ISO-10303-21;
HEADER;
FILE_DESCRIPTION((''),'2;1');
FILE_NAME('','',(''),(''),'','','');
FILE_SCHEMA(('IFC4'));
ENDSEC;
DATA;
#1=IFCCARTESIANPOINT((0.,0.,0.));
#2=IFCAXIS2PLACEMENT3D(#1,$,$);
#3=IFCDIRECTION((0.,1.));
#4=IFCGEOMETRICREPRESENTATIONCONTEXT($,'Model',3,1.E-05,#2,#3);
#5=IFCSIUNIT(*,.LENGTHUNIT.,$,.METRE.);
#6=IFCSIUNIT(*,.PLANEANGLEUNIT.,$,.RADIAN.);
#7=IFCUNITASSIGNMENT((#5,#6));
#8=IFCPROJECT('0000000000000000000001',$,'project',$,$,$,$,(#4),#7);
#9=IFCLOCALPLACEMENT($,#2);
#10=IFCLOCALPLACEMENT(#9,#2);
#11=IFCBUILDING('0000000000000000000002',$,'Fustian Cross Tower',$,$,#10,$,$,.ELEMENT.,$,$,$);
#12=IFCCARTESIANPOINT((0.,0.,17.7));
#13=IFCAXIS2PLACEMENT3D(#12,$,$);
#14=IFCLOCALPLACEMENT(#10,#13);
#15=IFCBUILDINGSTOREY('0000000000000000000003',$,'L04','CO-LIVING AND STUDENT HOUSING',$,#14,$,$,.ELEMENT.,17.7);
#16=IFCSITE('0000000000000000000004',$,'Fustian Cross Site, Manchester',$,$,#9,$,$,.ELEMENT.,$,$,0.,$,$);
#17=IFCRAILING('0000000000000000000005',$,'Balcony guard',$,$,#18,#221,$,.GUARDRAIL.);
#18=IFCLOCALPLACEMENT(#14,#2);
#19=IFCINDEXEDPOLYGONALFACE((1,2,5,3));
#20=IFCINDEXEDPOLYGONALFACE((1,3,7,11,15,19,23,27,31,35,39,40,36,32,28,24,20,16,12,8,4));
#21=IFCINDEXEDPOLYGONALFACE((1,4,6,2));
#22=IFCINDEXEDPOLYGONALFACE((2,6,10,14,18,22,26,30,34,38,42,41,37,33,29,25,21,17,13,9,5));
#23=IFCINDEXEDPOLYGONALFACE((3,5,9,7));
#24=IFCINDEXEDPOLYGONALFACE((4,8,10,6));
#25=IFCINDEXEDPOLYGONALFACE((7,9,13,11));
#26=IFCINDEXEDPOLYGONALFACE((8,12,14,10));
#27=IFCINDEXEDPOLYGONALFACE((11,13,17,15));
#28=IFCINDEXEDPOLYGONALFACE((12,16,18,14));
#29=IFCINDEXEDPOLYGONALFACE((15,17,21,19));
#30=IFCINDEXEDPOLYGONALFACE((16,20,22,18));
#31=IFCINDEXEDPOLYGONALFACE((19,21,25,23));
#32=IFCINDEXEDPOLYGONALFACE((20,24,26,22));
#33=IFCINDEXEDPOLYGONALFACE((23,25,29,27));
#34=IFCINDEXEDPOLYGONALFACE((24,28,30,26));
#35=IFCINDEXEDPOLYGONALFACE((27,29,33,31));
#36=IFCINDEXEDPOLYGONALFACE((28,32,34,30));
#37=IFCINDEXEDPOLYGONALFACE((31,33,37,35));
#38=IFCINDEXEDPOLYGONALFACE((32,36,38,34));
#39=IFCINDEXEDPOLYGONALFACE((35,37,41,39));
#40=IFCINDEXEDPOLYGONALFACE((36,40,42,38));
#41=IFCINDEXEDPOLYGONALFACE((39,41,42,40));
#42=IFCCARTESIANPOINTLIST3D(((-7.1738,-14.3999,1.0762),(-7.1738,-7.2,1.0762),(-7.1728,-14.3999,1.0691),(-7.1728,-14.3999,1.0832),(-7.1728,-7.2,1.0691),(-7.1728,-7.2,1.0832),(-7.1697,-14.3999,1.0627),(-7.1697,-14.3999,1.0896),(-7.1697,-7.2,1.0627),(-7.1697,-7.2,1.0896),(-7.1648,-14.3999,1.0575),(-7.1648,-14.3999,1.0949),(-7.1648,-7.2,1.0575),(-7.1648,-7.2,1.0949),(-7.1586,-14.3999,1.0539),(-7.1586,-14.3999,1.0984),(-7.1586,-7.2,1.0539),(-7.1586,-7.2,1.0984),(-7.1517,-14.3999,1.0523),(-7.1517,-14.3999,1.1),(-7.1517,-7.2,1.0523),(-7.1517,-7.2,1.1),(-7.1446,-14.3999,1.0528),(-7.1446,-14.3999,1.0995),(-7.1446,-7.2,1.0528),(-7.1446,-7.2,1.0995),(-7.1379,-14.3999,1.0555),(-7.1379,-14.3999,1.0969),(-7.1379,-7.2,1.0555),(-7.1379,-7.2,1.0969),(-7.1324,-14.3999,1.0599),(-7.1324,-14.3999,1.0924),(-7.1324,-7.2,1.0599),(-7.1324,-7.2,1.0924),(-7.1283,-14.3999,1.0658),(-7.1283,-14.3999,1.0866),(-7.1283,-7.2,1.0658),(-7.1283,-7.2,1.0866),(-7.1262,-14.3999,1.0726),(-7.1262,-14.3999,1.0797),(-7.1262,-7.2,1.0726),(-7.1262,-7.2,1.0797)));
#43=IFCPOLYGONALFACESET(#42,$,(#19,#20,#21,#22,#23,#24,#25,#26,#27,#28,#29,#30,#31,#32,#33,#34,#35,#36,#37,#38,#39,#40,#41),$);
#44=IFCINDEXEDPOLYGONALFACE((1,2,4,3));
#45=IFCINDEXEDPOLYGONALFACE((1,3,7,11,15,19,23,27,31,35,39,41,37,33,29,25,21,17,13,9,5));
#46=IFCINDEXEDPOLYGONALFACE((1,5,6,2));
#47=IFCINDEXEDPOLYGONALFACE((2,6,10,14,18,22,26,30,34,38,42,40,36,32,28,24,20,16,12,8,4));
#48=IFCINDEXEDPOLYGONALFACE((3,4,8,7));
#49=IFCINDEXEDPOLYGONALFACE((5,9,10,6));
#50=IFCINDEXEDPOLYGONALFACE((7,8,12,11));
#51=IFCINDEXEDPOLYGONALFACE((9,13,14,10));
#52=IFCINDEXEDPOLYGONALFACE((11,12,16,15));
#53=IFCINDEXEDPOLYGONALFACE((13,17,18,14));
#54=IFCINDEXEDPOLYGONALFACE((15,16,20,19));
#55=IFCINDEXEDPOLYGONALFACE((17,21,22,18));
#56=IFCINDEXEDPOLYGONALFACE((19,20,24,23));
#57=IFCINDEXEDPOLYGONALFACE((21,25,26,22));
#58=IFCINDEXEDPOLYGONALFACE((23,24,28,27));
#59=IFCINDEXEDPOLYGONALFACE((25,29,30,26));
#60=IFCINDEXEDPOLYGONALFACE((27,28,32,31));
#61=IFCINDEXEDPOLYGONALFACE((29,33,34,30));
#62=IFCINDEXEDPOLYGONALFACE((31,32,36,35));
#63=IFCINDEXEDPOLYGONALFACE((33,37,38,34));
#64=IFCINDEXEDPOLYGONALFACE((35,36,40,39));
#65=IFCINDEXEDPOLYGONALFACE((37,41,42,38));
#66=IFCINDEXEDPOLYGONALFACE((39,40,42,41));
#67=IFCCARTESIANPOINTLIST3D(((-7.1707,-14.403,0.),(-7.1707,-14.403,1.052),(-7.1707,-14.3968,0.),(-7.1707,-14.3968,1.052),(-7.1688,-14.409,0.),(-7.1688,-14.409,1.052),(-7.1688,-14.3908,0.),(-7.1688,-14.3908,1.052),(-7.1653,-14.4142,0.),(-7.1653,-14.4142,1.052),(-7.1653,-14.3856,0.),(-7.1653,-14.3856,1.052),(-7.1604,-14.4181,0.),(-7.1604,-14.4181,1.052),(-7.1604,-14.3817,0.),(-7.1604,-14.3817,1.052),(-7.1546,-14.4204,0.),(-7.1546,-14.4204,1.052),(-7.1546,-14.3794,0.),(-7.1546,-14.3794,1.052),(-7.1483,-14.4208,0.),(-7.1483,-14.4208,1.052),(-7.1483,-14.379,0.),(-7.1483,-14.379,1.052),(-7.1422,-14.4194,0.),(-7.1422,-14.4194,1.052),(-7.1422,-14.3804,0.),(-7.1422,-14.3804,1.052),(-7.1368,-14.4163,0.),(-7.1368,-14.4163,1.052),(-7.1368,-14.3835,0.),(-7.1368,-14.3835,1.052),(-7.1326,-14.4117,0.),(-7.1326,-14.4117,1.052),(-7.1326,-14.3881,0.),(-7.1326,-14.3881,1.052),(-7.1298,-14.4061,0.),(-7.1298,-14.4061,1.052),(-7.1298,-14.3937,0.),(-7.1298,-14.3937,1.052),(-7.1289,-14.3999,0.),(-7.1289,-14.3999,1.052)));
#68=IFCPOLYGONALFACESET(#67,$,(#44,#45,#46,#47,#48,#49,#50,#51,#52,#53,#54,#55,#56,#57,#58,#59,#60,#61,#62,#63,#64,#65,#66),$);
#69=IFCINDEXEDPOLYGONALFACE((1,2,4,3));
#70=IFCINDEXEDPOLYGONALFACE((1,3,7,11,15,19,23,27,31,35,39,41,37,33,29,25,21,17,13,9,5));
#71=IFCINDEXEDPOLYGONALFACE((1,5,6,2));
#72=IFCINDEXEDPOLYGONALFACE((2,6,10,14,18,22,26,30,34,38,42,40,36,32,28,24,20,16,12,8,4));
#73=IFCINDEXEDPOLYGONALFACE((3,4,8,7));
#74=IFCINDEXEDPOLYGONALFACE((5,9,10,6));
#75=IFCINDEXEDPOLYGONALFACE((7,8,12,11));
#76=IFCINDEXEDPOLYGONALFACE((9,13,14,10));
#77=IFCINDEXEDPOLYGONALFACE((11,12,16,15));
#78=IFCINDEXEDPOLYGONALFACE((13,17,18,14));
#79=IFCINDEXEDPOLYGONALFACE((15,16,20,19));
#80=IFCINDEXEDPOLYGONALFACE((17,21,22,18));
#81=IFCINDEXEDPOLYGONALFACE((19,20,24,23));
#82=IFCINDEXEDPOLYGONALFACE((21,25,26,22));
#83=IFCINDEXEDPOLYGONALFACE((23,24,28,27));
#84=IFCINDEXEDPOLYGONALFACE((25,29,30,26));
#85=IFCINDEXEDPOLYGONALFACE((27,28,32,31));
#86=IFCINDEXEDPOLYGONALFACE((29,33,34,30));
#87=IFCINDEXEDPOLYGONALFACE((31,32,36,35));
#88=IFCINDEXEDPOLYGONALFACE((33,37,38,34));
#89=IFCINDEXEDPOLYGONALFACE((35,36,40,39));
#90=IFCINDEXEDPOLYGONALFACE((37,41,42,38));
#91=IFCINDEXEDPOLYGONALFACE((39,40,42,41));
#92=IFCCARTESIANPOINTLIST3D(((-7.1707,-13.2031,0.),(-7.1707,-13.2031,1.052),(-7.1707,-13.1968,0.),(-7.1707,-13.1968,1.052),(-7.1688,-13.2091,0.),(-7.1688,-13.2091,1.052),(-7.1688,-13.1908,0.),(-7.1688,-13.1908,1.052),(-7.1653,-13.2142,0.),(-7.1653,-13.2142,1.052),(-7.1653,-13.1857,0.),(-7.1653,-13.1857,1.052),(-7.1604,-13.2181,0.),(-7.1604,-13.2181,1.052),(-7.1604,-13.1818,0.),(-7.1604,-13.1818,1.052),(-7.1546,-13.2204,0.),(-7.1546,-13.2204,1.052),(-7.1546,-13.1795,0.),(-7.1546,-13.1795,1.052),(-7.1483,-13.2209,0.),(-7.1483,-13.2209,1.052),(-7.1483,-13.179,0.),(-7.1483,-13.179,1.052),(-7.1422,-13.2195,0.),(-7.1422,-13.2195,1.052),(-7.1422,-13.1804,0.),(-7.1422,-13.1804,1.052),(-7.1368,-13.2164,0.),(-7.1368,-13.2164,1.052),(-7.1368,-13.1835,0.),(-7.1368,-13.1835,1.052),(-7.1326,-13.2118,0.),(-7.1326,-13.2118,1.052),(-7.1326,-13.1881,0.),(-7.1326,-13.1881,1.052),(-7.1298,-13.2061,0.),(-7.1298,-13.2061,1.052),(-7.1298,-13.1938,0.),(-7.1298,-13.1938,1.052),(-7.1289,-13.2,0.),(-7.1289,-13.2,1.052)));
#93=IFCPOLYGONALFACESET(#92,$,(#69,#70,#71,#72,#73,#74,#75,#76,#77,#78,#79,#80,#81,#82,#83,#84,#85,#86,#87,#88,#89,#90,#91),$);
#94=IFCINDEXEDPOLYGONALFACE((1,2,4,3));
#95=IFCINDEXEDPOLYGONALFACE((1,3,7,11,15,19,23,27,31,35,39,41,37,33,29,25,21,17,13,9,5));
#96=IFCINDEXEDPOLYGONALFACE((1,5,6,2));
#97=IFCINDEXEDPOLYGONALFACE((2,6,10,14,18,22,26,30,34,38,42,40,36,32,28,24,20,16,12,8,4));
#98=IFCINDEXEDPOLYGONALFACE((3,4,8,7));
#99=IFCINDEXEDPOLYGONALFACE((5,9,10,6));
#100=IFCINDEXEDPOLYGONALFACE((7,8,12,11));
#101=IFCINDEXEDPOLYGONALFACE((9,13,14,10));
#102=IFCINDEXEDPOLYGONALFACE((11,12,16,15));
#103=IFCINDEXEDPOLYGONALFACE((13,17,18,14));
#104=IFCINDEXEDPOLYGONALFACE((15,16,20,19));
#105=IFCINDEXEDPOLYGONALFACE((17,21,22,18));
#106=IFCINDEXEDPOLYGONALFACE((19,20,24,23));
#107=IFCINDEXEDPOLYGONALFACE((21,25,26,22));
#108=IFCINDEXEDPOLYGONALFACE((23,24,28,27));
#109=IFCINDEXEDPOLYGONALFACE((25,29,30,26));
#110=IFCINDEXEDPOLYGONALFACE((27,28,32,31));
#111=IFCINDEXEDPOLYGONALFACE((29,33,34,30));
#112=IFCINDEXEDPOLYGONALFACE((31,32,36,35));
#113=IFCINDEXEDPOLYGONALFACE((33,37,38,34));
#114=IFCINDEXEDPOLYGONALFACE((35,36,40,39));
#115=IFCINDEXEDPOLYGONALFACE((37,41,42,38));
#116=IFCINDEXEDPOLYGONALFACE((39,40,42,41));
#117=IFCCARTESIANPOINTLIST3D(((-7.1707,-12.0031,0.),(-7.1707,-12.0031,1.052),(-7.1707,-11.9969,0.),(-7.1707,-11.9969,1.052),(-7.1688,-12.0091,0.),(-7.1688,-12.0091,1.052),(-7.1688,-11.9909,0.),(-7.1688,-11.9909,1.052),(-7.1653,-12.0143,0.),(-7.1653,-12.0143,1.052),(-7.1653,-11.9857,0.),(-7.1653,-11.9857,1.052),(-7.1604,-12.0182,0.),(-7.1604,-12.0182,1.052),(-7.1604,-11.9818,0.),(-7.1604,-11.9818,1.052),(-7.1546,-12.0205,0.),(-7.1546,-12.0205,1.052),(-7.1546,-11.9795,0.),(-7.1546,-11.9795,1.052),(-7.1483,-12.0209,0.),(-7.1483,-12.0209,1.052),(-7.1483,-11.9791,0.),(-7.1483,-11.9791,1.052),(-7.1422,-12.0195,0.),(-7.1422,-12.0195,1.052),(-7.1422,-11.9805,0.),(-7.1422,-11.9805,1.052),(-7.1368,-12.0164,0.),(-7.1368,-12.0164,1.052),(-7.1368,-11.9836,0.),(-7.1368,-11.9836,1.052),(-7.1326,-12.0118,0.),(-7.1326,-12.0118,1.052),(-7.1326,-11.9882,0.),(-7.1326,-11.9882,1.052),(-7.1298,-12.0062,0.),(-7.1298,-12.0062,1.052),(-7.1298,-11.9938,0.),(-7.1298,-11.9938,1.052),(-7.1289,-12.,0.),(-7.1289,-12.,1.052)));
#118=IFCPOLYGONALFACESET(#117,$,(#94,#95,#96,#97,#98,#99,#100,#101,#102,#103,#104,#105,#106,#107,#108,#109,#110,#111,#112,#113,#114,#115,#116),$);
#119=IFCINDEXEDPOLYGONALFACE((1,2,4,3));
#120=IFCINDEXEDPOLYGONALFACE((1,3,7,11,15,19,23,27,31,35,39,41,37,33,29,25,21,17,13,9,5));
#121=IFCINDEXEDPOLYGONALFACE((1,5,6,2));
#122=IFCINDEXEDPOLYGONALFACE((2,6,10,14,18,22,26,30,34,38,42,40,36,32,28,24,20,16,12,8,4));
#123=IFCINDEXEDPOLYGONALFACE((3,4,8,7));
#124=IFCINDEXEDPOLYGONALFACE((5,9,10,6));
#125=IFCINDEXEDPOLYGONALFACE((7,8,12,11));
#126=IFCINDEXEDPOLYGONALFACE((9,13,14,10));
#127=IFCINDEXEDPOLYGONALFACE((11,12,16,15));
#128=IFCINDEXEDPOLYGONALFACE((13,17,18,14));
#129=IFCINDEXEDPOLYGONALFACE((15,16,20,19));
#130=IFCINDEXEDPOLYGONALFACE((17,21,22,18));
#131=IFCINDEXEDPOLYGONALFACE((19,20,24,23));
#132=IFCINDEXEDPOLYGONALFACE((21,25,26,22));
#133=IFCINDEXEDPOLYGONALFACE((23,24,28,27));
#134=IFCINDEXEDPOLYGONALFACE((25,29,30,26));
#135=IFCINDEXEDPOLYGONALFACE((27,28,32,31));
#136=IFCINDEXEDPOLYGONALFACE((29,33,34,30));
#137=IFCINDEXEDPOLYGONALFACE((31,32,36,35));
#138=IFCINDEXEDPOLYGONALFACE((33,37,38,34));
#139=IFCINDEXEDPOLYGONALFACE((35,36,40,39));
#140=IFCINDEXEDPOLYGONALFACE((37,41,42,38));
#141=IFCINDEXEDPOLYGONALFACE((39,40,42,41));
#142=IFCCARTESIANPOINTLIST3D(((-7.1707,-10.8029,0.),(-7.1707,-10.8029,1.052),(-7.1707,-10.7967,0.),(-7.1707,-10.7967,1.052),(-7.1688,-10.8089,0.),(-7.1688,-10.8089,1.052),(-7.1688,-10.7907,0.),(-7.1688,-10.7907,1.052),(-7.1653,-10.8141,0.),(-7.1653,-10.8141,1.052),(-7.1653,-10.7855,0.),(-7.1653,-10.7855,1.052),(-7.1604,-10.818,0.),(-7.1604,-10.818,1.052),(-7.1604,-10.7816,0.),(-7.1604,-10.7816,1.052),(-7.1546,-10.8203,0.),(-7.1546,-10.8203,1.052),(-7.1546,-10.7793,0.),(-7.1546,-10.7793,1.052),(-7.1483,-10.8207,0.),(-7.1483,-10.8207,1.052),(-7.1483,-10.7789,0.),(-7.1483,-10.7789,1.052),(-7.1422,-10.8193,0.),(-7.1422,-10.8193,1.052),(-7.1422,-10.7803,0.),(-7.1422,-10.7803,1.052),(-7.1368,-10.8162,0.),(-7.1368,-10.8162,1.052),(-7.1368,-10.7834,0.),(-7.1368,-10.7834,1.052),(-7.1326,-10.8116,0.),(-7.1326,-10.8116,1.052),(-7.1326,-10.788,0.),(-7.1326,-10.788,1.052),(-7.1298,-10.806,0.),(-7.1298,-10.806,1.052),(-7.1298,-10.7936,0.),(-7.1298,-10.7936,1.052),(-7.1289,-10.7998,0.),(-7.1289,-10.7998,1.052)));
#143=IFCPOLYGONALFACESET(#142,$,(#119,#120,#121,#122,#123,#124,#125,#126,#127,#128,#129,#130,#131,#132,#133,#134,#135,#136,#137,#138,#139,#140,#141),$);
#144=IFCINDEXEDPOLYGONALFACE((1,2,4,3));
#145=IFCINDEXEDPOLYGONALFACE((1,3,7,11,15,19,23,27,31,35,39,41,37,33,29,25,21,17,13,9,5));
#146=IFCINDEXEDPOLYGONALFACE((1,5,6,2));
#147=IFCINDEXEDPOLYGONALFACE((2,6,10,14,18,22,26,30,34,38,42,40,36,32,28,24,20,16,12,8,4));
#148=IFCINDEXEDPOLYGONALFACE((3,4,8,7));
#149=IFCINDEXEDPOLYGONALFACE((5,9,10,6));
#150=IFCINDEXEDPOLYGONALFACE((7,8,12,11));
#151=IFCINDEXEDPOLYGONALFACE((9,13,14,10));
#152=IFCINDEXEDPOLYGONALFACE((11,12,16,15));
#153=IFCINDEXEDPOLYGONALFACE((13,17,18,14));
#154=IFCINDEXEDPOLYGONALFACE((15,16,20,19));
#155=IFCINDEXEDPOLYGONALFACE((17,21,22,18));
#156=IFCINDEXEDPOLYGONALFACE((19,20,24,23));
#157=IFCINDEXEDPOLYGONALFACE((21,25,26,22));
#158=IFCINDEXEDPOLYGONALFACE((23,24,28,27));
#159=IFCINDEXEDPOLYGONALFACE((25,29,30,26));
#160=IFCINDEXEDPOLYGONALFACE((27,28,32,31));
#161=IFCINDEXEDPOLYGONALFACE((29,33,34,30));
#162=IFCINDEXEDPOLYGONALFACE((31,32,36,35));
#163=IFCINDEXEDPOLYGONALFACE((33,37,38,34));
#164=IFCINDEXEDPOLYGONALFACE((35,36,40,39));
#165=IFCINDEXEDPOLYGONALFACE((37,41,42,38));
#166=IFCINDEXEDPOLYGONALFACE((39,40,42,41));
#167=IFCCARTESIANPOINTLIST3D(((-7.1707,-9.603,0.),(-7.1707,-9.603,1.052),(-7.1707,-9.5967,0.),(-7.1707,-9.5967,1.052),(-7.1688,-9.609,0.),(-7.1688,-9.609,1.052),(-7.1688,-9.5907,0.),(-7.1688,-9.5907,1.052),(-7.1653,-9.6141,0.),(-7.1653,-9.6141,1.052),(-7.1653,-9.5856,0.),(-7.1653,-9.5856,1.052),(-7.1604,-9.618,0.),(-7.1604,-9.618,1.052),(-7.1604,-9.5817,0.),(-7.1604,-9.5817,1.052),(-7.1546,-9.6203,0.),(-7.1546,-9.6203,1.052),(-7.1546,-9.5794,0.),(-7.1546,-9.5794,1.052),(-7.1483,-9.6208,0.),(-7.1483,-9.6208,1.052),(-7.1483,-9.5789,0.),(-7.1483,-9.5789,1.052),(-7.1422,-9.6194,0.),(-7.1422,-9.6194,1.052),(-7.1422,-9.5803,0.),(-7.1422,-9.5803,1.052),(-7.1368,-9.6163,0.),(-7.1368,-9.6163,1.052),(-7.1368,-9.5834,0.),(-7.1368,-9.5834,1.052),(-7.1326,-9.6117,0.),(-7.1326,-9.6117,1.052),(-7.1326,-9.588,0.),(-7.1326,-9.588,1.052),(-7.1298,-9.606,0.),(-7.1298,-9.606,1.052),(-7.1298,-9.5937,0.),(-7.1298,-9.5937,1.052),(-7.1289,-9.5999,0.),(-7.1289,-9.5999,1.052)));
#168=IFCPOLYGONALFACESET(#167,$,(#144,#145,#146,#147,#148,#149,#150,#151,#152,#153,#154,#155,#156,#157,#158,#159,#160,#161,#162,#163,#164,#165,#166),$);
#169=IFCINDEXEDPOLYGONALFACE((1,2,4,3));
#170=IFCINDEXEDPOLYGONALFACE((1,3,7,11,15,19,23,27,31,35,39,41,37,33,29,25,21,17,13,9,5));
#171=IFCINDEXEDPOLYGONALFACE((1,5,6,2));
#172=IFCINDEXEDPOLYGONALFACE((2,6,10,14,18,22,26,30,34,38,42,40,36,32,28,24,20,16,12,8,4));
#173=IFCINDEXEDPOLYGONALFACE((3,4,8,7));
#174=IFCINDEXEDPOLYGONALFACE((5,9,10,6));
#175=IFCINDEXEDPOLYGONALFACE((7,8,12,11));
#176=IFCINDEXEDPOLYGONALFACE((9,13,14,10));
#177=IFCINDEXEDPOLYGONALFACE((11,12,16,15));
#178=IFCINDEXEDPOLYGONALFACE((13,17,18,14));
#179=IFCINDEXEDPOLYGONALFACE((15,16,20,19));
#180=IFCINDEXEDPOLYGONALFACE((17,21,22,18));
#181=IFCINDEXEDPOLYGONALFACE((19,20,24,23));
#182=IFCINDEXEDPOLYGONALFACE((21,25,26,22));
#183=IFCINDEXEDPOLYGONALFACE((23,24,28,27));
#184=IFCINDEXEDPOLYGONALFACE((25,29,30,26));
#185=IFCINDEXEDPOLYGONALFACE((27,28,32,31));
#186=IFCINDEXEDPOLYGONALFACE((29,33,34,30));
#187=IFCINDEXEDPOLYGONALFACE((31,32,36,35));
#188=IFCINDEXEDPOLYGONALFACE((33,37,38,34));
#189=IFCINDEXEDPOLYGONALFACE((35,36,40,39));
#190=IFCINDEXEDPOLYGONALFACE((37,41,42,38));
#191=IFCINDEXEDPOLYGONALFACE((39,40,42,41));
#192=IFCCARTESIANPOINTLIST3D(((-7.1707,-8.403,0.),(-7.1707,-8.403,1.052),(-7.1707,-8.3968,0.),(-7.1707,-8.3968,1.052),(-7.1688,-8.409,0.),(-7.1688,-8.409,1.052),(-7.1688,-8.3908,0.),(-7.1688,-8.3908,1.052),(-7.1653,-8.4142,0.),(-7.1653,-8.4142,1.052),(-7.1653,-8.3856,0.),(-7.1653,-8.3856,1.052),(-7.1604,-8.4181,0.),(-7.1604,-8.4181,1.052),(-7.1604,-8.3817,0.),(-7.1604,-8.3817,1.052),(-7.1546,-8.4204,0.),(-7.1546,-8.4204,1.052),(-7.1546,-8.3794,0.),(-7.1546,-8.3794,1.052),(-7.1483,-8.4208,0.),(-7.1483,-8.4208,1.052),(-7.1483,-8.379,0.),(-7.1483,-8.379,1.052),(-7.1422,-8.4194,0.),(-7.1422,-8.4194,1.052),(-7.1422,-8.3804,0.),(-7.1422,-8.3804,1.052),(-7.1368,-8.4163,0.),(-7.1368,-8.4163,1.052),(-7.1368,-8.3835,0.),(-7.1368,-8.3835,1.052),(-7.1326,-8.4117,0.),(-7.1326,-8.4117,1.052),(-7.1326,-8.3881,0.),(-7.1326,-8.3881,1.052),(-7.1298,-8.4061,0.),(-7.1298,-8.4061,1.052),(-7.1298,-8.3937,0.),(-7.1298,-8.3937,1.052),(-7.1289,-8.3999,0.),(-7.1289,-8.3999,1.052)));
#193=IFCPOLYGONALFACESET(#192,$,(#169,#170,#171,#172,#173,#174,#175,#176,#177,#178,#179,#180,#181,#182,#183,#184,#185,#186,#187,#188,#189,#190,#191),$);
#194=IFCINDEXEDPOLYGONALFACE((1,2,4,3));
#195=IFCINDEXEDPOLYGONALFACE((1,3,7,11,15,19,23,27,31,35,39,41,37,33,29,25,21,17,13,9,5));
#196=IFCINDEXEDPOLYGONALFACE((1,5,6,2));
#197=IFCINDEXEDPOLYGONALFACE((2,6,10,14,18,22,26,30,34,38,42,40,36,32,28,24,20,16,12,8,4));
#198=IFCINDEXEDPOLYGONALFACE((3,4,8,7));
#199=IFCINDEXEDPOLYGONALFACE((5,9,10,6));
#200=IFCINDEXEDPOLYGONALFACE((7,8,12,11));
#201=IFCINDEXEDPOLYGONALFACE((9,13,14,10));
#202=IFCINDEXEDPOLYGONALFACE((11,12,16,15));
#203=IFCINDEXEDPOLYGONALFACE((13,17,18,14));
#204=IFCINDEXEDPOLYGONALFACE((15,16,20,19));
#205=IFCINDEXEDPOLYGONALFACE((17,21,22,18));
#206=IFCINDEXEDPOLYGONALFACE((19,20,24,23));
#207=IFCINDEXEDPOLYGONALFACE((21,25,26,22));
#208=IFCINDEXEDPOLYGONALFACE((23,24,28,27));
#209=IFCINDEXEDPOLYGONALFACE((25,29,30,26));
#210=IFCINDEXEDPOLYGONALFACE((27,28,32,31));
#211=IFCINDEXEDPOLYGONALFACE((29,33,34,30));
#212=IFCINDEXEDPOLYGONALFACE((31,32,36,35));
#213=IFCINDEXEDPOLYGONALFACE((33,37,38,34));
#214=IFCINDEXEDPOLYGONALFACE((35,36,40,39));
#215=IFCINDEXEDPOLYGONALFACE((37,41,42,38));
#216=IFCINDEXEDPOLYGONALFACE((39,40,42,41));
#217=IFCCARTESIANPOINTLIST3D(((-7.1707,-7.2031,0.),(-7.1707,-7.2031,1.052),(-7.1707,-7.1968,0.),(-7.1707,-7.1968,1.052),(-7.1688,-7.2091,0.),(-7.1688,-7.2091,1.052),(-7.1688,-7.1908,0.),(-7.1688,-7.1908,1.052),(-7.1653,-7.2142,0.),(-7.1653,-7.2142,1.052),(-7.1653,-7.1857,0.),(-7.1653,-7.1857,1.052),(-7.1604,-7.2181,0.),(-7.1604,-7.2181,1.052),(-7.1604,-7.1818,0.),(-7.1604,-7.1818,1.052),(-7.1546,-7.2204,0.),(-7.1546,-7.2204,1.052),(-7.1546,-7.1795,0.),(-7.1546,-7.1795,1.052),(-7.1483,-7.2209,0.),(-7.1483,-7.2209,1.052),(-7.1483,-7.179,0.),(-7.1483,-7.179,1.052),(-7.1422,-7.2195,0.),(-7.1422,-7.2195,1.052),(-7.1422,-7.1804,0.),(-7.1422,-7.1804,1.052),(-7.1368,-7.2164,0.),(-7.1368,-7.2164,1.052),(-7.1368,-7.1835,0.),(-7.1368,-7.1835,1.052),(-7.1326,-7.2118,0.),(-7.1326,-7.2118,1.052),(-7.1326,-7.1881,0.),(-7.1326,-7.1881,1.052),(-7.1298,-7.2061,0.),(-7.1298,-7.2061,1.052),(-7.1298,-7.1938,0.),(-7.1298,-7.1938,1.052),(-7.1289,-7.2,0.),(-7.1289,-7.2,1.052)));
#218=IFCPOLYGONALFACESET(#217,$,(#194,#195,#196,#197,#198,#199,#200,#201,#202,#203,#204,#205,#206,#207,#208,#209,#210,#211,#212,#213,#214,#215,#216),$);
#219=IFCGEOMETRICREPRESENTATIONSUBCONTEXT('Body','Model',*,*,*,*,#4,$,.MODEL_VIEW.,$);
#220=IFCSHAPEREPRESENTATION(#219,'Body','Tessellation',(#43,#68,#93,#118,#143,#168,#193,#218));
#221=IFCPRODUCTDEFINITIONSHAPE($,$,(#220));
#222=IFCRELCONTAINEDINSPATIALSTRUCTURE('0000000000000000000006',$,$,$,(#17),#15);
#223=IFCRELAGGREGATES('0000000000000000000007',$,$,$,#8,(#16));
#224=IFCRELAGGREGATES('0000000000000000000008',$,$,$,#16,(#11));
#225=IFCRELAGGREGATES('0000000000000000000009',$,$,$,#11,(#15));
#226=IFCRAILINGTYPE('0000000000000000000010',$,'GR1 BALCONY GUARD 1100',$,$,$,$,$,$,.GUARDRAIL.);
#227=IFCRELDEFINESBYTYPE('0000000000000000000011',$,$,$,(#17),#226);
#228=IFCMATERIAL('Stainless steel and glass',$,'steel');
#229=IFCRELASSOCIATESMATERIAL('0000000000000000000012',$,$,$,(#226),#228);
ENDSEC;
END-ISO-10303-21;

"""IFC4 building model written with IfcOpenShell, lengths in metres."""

from ifc_helpers import new_model, si_unit, direction, frame, origin, origin_2d, place, context, subcontext, project, spatial, circle, extrude, material, type_object, element, save


model = new_model("IFC4")

# Units and contexts
model_context = context("Model", 3, precision=1e-05, world=origin(), true_north=direction((0.0, 1.0)))
body_context = subcontext(model_context, "Body", "Model", "MODEL_VIEW")
ifc_project = project(units=[si_unit("LENGTHUNIT", "METRE"), si_unit("PLANEANGLEUNIT", "RADIAN")], contexts=[model_context])

# Site, building, storey
site_placement = place(None, origin())
site = spatial("IfcSite", under=ifc_project, at=site_placement, Name="Fustian Cross Site, Manchester", CompositionType="ELEMENT", RefElevation=0.0)
building_placement = place(site_placement, origin())
building = spatial("IfcBuilding", under=site, at=building_placement, Name="Fustian Cross Tower", CompositionType="ELEMENT")
storey_placement = place(building_placement, frame((0.0, 0.0, 17.7)))
storey = spatial("IfcBuildingStorey", under=building, at=storey_placement, Name="L04", Description="CO-LIVING AND STUDENT HOUSING", CompositionType="ELEMENT", Elevation=17.7)

# Railing
ifc_material_1 = material(Name="Stainless steel and glass", Category="steel")
railing_type = type_object("IfcRailingType", Name="GR1 BALCONY GUARD 1100", PredefinedType="GUARDRAIL", material=ifc_material_1)
railing_placement = place(storey_placement, frame((-7.1499, -14.3999, 0.0)))
element("IfcRailing", 1, at=railing_placement, inside=storey, type_object=railing_type, Name="Balcony guard", PredefinedType="GUARDRAIL", context=body_context, shape_type="SweptSolid", body=[
    extrude(circle(Radius=0.0239, at=origin_2d()), frame((0.0, 0.0, 1.0762), z_axis=(0.0, 1.0, 0.0), x_axis=(-1.0, 0.0, 0.0)), (0.0, 0.0, 1.0), 7.2),
    extrude(circle(Radius=0.021, at=origin_2d()), origin(), (0.0, 0.0, 1.0), 1.052),
    extrude(circle(Radius=0.021, at=origin_2d()), frame((0.0, 1.2, 0.0)), (0.0, 0.0, 1.0), 1.052),
    extrude(circle(Radius=0.021, at=origin_2d()), frame((0.0, 2.3999, 0.0)), (0.0, 0.0, 1.0), 1.052),
    extrude(circle(Radius=0.021, at=origin_2d()), frame((0.0, 3.6001, 0.0)), (0.0, 0.0, 1.0), 1.052),
    extrude(circle(Radius=0.021, at=origin_2d()), frame((0.0, 4.8, 0.0)), (0.0, 0.0, 1.0), 1.052),
    extrude(circle(Radius=0.021, at=origin_2d()), frame((0.0, 6.0, 0.0)), (0.0, 0.0, 1.0), 1.052),
    extrude(circle(Radius=0.021, at=origin_2d()), frame((0.0, 7.2, 0.0)), (0.0, 0.0, 1.0), 1.052),
])

save(model, "model.ifc")
